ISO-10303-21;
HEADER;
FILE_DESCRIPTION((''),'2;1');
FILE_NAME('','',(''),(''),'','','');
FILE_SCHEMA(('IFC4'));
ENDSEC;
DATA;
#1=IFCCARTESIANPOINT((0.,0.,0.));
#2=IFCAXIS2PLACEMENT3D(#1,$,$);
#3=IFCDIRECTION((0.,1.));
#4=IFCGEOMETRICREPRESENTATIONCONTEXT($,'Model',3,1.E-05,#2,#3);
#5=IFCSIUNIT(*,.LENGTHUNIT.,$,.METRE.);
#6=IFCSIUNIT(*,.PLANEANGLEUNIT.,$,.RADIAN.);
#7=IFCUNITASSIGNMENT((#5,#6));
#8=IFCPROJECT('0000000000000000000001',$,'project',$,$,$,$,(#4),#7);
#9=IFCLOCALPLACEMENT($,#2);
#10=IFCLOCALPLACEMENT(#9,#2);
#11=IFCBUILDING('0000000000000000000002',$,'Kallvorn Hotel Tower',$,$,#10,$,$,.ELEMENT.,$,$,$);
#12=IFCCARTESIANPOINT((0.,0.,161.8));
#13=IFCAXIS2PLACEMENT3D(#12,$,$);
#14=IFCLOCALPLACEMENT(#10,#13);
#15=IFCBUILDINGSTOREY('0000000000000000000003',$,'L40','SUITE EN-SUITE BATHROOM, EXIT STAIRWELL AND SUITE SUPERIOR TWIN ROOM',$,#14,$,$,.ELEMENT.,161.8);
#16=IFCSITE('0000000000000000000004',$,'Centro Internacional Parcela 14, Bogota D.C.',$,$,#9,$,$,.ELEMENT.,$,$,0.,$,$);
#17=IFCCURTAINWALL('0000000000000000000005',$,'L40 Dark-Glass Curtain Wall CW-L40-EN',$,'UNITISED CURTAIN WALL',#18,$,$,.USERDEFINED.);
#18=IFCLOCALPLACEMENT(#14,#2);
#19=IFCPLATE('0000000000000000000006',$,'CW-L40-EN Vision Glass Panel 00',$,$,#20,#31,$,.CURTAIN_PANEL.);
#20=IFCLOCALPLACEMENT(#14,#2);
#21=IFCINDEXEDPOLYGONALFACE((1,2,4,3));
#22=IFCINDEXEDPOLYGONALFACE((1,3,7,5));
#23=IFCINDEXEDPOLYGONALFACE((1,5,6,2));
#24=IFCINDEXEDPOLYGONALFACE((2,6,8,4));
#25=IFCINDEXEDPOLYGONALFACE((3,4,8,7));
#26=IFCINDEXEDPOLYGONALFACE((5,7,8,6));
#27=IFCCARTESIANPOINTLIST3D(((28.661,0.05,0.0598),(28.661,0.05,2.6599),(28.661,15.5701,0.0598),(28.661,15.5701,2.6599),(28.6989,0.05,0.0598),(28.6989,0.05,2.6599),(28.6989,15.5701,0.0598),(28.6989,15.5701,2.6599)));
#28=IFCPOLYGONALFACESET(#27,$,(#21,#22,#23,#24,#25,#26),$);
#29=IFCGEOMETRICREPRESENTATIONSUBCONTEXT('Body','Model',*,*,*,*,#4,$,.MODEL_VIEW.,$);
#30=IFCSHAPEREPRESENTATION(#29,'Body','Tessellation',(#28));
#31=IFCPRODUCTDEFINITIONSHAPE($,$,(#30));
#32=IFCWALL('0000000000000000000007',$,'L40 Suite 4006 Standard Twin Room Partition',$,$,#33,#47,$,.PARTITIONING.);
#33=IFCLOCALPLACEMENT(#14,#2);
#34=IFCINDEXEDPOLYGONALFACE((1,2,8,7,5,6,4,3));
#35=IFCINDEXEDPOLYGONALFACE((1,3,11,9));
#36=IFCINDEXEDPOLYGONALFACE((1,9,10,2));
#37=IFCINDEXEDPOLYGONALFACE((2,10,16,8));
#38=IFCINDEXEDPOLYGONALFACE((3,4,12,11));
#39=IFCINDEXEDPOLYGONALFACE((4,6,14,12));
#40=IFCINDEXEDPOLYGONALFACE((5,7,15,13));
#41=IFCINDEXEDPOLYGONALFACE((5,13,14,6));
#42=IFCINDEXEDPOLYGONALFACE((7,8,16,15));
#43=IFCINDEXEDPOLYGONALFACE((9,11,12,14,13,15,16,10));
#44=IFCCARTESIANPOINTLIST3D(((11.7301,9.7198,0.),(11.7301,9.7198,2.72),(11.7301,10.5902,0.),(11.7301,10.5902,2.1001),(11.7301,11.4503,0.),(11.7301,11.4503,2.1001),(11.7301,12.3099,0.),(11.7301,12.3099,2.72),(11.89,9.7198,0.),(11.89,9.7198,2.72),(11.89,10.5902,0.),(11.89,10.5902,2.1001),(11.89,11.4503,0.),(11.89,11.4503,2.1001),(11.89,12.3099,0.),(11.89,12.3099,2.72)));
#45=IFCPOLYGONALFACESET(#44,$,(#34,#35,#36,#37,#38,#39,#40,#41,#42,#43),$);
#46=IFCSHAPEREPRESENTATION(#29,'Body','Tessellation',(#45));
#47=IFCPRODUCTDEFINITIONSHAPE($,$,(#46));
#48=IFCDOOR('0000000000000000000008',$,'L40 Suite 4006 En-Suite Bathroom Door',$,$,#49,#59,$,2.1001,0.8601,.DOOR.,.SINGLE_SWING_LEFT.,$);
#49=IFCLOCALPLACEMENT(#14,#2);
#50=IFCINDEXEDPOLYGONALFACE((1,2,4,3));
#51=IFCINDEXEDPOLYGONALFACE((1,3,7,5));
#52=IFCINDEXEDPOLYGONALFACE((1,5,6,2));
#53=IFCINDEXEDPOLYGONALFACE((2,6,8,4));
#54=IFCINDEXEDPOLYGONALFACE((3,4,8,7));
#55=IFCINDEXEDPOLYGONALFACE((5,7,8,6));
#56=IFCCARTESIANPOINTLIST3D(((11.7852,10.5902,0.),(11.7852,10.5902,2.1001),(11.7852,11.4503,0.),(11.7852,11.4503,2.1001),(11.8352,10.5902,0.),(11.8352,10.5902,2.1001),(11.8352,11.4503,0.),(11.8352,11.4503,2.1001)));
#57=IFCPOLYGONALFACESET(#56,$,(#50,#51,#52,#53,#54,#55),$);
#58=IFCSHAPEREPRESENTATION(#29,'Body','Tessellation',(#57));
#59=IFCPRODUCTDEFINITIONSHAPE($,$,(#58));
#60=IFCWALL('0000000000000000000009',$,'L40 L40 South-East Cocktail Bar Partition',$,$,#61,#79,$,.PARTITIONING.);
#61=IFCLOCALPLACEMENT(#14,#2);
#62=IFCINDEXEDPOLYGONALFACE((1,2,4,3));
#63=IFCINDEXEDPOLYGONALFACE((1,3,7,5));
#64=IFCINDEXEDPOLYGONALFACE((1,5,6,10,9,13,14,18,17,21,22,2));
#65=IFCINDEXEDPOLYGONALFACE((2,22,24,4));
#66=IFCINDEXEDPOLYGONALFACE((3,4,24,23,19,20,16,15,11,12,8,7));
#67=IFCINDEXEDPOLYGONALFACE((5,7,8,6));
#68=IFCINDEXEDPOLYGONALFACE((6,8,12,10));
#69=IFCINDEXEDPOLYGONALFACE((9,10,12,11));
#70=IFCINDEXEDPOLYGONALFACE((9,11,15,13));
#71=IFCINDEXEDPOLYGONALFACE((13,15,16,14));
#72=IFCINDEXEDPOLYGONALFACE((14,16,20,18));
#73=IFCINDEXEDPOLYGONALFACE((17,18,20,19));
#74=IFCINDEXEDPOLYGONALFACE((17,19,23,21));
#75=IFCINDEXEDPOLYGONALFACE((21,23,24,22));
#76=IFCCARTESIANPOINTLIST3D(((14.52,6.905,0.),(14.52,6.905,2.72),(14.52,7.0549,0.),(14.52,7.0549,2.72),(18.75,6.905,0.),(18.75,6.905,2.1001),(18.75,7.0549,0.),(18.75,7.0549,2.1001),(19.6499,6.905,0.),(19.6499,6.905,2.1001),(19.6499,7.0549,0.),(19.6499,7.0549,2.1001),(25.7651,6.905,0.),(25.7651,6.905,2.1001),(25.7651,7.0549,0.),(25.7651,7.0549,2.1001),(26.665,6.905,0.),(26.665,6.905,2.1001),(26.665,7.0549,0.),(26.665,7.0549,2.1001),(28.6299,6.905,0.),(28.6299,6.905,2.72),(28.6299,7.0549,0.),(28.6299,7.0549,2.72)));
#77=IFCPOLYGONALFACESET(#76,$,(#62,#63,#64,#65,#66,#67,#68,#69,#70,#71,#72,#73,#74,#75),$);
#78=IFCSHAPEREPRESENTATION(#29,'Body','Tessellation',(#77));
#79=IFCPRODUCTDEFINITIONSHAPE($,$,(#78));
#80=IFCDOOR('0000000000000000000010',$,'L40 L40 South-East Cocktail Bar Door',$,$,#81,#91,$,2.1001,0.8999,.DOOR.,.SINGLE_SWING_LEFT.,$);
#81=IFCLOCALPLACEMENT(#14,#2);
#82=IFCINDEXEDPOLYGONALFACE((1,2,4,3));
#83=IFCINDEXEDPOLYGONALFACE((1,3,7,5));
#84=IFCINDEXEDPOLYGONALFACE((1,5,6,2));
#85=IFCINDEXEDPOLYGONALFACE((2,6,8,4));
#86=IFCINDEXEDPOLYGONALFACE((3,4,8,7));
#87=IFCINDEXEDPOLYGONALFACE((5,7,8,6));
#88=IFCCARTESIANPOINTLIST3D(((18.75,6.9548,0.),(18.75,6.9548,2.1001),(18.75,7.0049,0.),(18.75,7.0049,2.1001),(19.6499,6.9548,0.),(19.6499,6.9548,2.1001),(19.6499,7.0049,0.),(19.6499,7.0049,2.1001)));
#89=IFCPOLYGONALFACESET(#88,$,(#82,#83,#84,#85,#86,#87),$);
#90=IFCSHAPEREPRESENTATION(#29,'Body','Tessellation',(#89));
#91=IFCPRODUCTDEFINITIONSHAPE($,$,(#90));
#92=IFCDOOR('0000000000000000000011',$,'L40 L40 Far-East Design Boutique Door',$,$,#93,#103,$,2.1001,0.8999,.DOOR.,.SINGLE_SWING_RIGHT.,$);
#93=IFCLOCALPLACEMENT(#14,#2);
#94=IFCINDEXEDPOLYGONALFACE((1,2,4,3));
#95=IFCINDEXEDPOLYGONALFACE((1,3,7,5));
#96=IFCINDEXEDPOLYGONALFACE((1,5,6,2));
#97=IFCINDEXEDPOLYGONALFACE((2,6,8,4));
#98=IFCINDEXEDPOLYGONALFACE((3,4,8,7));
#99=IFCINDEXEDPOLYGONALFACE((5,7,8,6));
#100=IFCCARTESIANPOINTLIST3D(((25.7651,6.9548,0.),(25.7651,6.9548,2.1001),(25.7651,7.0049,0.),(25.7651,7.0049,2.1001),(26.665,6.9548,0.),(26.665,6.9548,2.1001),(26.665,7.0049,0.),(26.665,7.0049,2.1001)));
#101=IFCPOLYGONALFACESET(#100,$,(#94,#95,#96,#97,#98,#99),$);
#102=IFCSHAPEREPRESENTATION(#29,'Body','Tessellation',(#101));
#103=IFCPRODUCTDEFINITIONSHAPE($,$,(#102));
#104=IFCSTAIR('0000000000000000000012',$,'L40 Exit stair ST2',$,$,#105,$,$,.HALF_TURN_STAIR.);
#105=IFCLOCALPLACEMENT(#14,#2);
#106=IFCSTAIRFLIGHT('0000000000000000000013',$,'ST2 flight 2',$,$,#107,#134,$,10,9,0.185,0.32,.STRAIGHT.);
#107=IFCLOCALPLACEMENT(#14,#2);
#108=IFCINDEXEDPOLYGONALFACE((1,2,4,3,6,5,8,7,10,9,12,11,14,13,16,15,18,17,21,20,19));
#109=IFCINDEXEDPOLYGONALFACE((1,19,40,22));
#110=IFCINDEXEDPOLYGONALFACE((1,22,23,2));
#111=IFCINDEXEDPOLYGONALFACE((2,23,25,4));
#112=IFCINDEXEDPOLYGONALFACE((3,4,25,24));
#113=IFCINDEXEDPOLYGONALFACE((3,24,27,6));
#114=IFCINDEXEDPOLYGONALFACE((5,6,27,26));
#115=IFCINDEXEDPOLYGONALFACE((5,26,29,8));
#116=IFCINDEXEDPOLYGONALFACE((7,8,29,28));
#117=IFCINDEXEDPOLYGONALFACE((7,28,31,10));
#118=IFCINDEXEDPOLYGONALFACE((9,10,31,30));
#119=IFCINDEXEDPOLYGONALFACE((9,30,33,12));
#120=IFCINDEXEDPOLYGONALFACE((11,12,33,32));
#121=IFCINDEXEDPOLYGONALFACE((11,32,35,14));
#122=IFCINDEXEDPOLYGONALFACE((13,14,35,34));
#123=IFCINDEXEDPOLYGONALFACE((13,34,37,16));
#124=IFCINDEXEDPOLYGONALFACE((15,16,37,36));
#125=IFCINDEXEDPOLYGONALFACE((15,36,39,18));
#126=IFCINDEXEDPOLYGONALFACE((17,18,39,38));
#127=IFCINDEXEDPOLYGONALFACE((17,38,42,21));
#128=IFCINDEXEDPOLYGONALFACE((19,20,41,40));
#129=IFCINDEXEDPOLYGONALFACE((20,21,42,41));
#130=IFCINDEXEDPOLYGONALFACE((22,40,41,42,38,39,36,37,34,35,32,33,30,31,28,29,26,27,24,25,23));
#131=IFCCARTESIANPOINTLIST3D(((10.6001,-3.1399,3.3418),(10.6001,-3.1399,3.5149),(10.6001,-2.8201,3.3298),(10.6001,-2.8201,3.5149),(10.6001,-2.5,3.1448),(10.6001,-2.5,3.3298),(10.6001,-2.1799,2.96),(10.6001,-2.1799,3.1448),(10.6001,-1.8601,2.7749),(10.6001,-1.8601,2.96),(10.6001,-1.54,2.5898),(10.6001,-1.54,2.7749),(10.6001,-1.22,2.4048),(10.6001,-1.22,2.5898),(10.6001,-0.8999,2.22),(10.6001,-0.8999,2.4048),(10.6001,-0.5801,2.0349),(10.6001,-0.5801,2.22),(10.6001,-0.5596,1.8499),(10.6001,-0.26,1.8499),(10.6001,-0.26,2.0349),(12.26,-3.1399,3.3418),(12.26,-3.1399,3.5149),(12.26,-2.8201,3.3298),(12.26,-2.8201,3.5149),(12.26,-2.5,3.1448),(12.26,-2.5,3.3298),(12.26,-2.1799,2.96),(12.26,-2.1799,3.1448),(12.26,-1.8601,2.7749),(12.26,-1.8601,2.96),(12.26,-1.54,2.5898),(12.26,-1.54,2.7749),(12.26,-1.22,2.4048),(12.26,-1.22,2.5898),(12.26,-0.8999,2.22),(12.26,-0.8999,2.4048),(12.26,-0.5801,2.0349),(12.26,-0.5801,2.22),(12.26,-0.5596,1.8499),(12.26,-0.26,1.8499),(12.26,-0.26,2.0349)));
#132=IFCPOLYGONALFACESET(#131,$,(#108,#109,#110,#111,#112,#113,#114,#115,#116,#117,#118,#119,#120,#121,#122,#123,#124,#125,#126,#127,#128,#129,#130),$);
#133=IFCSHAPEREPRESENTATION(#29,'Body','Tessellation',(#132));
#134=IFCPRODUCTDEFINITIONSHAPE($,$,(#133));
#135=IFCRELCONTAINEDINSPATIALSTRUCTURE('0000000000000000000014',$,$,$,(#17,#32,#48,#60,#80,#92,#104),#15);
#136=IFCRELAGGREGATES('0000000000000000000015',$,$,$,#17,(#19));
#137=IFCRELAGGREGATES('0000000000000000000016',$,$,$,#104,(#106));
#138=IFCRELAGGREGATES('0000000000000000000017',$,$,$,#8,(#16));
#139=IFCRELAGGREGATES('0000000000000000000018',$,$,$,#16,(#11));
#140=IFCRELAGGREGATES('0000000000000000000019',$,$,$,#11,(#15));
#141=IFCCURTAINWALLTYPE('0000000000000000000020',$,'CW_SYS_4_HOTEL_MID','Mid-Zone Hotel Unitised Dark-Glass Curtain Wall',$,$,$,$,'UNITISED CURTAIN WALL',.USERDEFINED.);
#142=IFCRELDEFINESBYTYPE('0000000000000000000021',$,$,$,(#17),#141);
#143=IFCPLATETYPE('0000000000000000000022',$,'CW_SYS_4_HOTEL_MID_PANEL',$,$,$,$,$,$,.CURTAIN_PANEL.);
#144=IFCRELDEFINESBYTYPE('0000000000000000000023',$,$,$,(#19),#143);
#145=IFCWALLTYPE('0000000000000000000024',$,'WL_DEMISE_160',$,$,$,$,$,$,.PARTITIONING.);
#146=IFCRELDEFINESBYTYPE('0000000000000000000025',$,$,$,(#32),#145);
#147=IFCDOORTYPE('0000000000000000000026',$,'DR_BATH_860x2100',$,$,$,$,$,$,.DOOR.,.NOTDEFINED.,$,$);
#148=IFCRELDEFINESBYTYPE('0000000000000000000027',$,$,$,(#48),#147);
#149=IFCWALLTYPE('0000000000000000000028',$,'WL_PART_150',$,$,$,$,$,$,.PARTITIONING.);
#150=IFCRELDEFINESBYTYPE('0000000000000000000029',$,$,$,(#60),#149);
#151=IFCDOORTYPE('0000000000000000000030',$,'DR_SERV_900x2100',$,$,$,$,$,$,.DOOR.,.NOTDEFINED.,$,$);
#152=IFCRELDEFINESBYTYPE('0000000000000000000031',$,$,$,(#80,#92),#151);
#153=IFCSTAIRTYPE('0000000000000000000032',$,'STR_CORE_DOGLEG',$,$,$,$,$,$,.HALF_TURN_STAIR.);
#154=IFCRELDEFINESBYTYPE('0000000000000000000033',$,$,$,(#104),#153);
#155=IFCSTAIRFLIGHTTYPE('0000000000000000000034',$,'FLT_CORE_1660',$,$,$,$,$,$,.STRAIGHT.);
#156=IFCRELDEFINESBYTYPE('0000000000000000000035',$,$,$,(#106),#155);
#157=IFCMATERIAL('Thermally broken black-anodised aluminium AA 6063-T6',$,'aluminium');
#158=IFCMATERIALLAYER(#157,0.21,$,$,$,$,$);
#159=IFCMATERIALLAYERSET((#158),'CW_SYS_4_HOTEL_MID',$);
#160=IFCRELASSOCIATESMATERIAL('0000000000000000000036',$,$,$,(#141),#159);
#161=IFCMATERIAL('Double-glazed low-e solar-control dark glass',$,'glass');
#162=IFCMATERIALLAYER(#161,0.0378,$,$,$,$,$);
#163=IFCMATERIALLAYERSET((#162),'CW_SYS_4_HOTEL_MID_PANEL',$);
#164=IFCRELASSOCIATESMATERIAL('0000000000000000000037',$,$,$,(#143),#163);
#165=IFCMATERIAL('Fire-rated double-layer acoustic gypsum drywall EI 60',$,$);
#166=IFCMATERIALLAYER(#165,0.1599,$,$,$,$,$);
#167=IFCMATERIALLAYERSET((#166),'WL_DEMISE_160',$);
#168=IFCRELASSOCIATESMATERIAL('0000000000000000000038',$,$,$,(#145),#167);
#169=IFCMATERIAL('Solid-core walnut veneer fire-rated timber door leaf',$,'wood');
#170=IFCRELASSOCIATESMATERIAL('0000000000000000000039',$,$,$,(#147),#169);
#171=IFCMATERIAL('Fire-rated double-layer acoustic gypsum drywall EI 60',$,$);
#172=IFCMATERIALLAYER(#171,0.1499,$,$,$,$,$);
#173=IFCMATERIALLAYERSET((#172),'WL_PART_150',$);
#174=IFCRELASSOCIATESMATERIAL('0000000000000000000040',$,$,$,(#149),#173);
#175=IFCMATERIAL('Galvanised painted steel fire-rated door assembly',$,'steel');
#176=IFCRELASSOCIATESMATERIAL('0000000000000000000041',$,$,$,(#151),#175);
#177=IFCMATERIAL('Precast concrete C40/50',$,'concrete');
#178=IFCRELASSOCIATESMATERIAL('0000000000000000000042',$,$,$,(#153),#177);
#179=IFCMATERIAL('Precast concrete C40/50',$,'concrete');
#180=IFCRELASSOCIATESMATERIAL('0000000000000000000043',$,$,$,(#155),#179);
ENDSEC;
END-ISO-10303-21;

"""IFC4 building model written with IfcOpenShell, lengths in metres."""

from ifc_helpers import new_model, si_unit, direction, frame, frame_2d, origin, origin_2d, place, context, subcontext, project, spatial, polyline, rectangle, outline, extrude, material, layer, layer_set, type_object, element, fill, aggregate, save


model = new_model("IFC4")

# Units and contexts
model_context = context("Model", 3, precision=1e-05, world=origin(), true_north=direction((0.0, 1.0)))
body_context = subcontext(model_context, "Body", "Model", "MODEL_VIEW")
ifc_project = project(units=[si_unit("LENGTHUNIT", "METRE"), si_unit("PLANEANGLEUNIT", "RADIAN")], contexts=[model_context])

# Site, building, storey
site_placement = place(None, origin())
site = spatial("IfcSite", under=ifc_project, at=site_placement, Name="Centro Internacional Parcela 14, Bogota D.C.", CompositionType="ELEMENT", RefElevation=0.0)
building_placement = place(site_placement, origin())
building = spatial("IfcBuilding", under=site, at=building_placement, Name="Kallvorn Hotel Tower", CompositionType="ELEMENT")
storey_placement = place(building_placement, frame((0.0, 0.0, 161.8)))
storey = spatial("IfcBuildingStorey", under=building, at=storey_placement, Name="L40", Description="SUITE EN-SUITE BATHROOM, EXIT STAIRWELL AND SUITE SUPERIOR TWIN ROOM", CompositionType="ELEMENT", Elevation=161.8)

# Curtain wall, plate
ifc_material_1 = material(Name="Thermally broken black-anodised aluminium AA 6063-T6", Category="aluminium")
ifc_layer_1 = layer(ifc_material_1, 0.21)
ifc_layer_set_1 = layer_set([ifc_layer_1], Name="CW_SYS_4_HOTEL_MID")
curtain_wall_type = type_object("IfcCurtainWallType", Name="CW_SYS_4_HOTEL_MID", Description="Mid-Zone Hotel Unitised Dark-Glass Curtain Wall", ElementType="UNITISED CURTAIN WALL", PredefinedType="USERDEFINED", material=ifc_layer_set_1)
curtain_wall_placement = place(storey_placement, origin())
curtain_wall = element("IfcCurtainWall", 1, at=curtain_wall_placement, inside=storey, type_object=curtain_wall_type, Name="L40 Dark-Glass Curtain Wall CW-L40-EN", ObjectType="UNITISED CURTAIN WALL", PredefinedType="USERDEFINED")
ifc_material_2 = material(Name="Double-glazed low-e solar-control dark glass", Category="glass")
ifc_layer_2 = layer(ifc_material_2, 0.0378)
ifc_layer_set_2 = layer_set([ifc_layer_2], Name="CW_SYS_4_HOTEL_MID_PANEL")
plate_type = type_object("IfcPlateType", Name="CW_SYS_4_HOTEL_MID_PANEL", PredefinedType="CURTAIN_PANEL", material=ifc_layer_set_2)
plate_placement = place(storey_placement, frame((28.6799, 7.8101, 0.0598), z_axis=(0.0, 0.0, 1.0), x_axis=(0.0, 1.0, 0.0)))
plate = element("IfcPlate", 2, at=plate_placement, type_object=plate_type, Name="CW-L40-EN Vision Glass Panel 00", PredefinedType="CURTAIN_PANEL", context=body_context, shape_type="SweptSolid", body=[
    extrude(rectangle(XDim=15.52, YDim=0.0378, at=origin_2d()), origin(), (0.0, 0.0, 1.0), 2.6001),
])
aggregate(curtain_wall, [plate])

# Wall, opening, door
ifc_material_3 = material(Name="Fire-rated double-layer acoustic gypsum drywall EI 60")
ifc_layer_3 = layer(ifc_material_3, 0.1599)
ifc_layer_set_3 = layer_set([ifc_layer_3], Name="WL_DEMISE_160")
wall_type_1 = type_object("IfcWallType", Name="WL_DEMISE_160", PredefinedType="PARTITIONING", material=ifc_layer_set_3)
wall_1_placement = place(storey_placement, frame((11.8101, 9.72, 0.0), z_axis=(0.0, 0.0, 1.0), x_axis=(0.0, 1.0, 0.0)))
wall_1 = element("IfcWall", 3, at=wall_1_placement, inside=storey, type_object=wall_type_1, Name="L40 Suite 4006 Standard Twin Room Partition", PredefinedType="PARTITIONING", context=body_context, shape_type="SweptSolid", body=[
    extrude(rectangle(XDim=2.5901, YDim=0.1599, at=frame_2d((1.2949, 0.0))), origin(), (0.0, 0.0, 1.0), 2.72),
])
opening_1_placement = place(wall_1_placement, frame((0.8701, 0.0, 0.0)))
opening_1 = element("IfcOpeningElement", 4, at=opening_1_placement, cuts=wall_1, PredefinedType="OPENING", context=body_context, shape_type="SweptSolid", body=[
    extrude(rectangle(XDim=0.8601, YDim=2.1001, at=frame_2d((0.4302, 1.05))), frame((0.0, 0.095, 0.0), z_axis=(0.0, -1.0, 0.0), x_axis=(1.0, 0.0, 0.0)), (0.0, 0.0, 1.0), 0.1899),
])
ifc_material_4 = material(Name="Solid-core walnut veneer fire-rated timber door leaf", Category="wood")
door_type_1 = type_object("IfcDoorType", Name="DR_BATH_860x2100", OperationType="NOTDEFINED", PredefinedType="DOOR", material=ifc_material_4)
door_1_placement = place(opening_1_placement, origin())
door_1 = element("IfcDoor", 5, at=door_1_placement, inside=storey, type_object=door_type_1, Name="L40 Suite 4006 En-Suite Bathroom Door", OperationType="SINGLE_SWING_LEFT", OverallHeight=2.1001, OverallWidth=0.8601, PredefinedType="DOOR", context=body_context, shape_type="SweptSolid", body=[
    extrude(rectangle(XDim=0.8601, YDim=2.1001, at=frame_2d((0.4302, 1.05))), frame((0.0, 0.0249, 0.0), z_axis=(0.0, -1.0, 0.0), x_axis=(1.0, 0.0, 0.0)), (0.0, 0.0, 1.0), 0.05),
])
fill(opening_1, door_1)

# Wall, openings, doors
ifc_material_5 = material(Name="Fire-rated double-layer acoustic gypsum drywall EI 60")
ifc_layer_4 = layer(ifc_material_5, 0.1499)
ifc_layer_set_4 = layer_set([ifc_layer_4], Name="WL_PART_150")
wall_type_2 = type_object("IfcWallType", Name="WL_PART_150", PredefinedType="PARTITIONING", material=ifc_layer_set_4)
wall_2_placement = place(storey_placement, frame((14.52, 6.98, 0.0), z_axis=(0.0, 0.0, 1.0), x_axis=(1.0, 0.0, 0.0)))
wall_2 = element("IfcWall", 6, at=wall_2_placement, inside=storey, type_object=wall_type_2, Name="L40 L40 South-East Cocktail Bar Partition", PredefinedType="PARTITIONING", context=body_context, shape_type="SweptSolid", body=[
    extrude(rectangle(XDim=14.1099, YDim=0.1499, at=frame_2d((7.0549, 0.0))), origin(), (0.0, 0.0, 1.0), 2.72),
])
opening_2_placement = place(wall_2_placement, frame((4.23, 0.0, 0.0)))
opening_2 = element("IfcOpeningElement", 7, at=opening_2_placement, cuts=wall_2, PredefinedType="OPENING", context=body_context, shape_type="SweptSolid", body=[
    extrude(rectangle(XDim=0.8999, YDim=2.1001, at=frame_2d((0.45, 1.05))), frame((0.0, 0.0898, 0.0), z_axis=(0.0, -1.0, 0.0), x_axis=(1.0, 0.0, 0.0)), (0.0, 0.0, 1.0), 0.1799),
])
opening_3_placement = place(wall_2_placement, frame((11.2451, 0.0, 0.0)))
opening_3 = element("IfcOpeningElement", 8, at=opening_3_placement, cuts=wall_2, PredefinedType="OPENING", context=body_context, shape_type="SweptSolid", body=[
    extrude(rectangle(XDim=0.8999, YDim=2.1001, at=frame_2d((0.45, 1.05))), frame((0.0, 0.0898, 0.0), z_axis=(0.0, -1.0, 0.0), x_axis=(1.0, 0.0, 0.0)), (0.0, 0.0, 1.0), 0.1799),
])
ifc_material_6 = material(Name="Galvanised painted steel fire-rated door assembly", Category="steel")
door_type_2 = type_object("IfcDoorType", Name="DR_SERV_900x2100", OperationType="NOTDEFINED", PredefinedType="DOOR", material=ifc_material_6)
door_2_placement = place(opening_2_placement, origin())
door_2 = element("IfcDoor", 9, at=door_2_placement, inside=storey, type_object=door_type_2, Name="L40 L40 South-East Cocktail Bar Door", OperationType="SINGLE_SWING_LEFT", OverallHeight=2.1001, OverallWidth=0.8999, PredefinedType="DOOR", context=body_context, shape_type="SweptSolid", body=[
    extrude(rectangle(XDim=0.8999, YDim=2.1001, at=frame_2d((0.45, 1.05))), frame((0.0, 0.0249, 0.0), z_axis=(0.0, -1.0, 0.0), x_axis=(1.0, 0.0, 0.0)), (0.0, 0.0, 1.0), 0.05),
])
fill(opening_2, door_2)
door_3_placement = place(opening_3_placement, origin())
door_3 = element("IfcDoor", 10, at=door_3_placement, inside=storey, type_object=door_type_2, Name="L40 L40 Far-East Design Boutique Door", OperationType="SINGLE_SWING_RIGHT", OverallHeight=2.1001, OverallWidth=0.8999, PredefinedType="DOOR", context=body_context, shape_type="SweptSolid", body=[
    extrude(rectangle(XDim=0.8999, YDim=2.1001, at=frame_2d((0.45, 1.05))), frame((0.0, 0.0249, 0.0), z_axis=(0.0, -1.0, 0.0), x_axis=(1.0, 0.0, 0.0)), (0.0, 0.0, 1.0), 0.05),
])
fill(opening_3, door_3)

# Stair, stair flight
ifc_material_7 = material(Name="Precast concrete C40/50", Category="concrete")
stair_type = type_object("IfcStairType", Name="STR_CORE_DOGLEG", PredefinedType="HALF_TURN_STAIR", material=ifc_material_7)
stair_placement = place(storey_placement, origin())
stair = element("IfcStair", 11, at=stair_placement, inside=storey, type_object=stair_type, Name="L40 Exit stair ST2", PredefinedType="HALF_TURN_STAIR")
ifc_material_8 = material(Name="Precast concrete C40/50", Category="concrete")
stair_flight_type = type_object("IfcStairFlightType", Name="FLT_CORE_1660", PredefinedType="STRAIGHT", material=ifc_material_8)
stair_flight_placement = place(storey_placement, frame((11.4299, -0.26, 1.8499), z_axis=(0.0, 0.0, 1.0), x_axis=(0.0, -1.0, 0.0)))
stair_flight = element("IfcStairFlight", 12, at=stair_flight_placement, type_object=stair_flight_type, Name="ST2 flight 2", NumberOfRisers=10, NumberOfTreads=9, PredefinedType="STRAIGHT", RiserHeight=0.185, TreadLength=0.32, context=body_context, shape_type="SweptSolid", body=[
    extrude(outline(polyline([(0.0, 0.0), (0.0, 0.1851), (0.3201, 0.1851), (0.3201, 0.3701), (0.6399, 0.3701), (0.6399, 0.5549), (0.96, 0.5549), (0.96, 0.74), (1.28, 0.74), (1.28, 0.925), (1.6001, 0.925), (1.6001, 1.1101), (1.9199, 1.1101), (1.9199, 1.2949), (2.24, 1.2949), (2.24, 1.48), (2.5601, 1.48), (2.5601, 1.665), (2.8799, 1.665), (2.8799, 1.8501), (2.8799, 1.4919), (0.2996, 0.0), (0.0, 0.0)])), frame((0.0, 0.8301, 0.0), z_axis=(0.0, -1.0, 0.0), x_axis=(1.0, 0.0, 0.0)), (0.0, 0.0, 1.0), 1.6599),
])
aggregate(stair, [stair_flight])

save(model, "model.ifc")
